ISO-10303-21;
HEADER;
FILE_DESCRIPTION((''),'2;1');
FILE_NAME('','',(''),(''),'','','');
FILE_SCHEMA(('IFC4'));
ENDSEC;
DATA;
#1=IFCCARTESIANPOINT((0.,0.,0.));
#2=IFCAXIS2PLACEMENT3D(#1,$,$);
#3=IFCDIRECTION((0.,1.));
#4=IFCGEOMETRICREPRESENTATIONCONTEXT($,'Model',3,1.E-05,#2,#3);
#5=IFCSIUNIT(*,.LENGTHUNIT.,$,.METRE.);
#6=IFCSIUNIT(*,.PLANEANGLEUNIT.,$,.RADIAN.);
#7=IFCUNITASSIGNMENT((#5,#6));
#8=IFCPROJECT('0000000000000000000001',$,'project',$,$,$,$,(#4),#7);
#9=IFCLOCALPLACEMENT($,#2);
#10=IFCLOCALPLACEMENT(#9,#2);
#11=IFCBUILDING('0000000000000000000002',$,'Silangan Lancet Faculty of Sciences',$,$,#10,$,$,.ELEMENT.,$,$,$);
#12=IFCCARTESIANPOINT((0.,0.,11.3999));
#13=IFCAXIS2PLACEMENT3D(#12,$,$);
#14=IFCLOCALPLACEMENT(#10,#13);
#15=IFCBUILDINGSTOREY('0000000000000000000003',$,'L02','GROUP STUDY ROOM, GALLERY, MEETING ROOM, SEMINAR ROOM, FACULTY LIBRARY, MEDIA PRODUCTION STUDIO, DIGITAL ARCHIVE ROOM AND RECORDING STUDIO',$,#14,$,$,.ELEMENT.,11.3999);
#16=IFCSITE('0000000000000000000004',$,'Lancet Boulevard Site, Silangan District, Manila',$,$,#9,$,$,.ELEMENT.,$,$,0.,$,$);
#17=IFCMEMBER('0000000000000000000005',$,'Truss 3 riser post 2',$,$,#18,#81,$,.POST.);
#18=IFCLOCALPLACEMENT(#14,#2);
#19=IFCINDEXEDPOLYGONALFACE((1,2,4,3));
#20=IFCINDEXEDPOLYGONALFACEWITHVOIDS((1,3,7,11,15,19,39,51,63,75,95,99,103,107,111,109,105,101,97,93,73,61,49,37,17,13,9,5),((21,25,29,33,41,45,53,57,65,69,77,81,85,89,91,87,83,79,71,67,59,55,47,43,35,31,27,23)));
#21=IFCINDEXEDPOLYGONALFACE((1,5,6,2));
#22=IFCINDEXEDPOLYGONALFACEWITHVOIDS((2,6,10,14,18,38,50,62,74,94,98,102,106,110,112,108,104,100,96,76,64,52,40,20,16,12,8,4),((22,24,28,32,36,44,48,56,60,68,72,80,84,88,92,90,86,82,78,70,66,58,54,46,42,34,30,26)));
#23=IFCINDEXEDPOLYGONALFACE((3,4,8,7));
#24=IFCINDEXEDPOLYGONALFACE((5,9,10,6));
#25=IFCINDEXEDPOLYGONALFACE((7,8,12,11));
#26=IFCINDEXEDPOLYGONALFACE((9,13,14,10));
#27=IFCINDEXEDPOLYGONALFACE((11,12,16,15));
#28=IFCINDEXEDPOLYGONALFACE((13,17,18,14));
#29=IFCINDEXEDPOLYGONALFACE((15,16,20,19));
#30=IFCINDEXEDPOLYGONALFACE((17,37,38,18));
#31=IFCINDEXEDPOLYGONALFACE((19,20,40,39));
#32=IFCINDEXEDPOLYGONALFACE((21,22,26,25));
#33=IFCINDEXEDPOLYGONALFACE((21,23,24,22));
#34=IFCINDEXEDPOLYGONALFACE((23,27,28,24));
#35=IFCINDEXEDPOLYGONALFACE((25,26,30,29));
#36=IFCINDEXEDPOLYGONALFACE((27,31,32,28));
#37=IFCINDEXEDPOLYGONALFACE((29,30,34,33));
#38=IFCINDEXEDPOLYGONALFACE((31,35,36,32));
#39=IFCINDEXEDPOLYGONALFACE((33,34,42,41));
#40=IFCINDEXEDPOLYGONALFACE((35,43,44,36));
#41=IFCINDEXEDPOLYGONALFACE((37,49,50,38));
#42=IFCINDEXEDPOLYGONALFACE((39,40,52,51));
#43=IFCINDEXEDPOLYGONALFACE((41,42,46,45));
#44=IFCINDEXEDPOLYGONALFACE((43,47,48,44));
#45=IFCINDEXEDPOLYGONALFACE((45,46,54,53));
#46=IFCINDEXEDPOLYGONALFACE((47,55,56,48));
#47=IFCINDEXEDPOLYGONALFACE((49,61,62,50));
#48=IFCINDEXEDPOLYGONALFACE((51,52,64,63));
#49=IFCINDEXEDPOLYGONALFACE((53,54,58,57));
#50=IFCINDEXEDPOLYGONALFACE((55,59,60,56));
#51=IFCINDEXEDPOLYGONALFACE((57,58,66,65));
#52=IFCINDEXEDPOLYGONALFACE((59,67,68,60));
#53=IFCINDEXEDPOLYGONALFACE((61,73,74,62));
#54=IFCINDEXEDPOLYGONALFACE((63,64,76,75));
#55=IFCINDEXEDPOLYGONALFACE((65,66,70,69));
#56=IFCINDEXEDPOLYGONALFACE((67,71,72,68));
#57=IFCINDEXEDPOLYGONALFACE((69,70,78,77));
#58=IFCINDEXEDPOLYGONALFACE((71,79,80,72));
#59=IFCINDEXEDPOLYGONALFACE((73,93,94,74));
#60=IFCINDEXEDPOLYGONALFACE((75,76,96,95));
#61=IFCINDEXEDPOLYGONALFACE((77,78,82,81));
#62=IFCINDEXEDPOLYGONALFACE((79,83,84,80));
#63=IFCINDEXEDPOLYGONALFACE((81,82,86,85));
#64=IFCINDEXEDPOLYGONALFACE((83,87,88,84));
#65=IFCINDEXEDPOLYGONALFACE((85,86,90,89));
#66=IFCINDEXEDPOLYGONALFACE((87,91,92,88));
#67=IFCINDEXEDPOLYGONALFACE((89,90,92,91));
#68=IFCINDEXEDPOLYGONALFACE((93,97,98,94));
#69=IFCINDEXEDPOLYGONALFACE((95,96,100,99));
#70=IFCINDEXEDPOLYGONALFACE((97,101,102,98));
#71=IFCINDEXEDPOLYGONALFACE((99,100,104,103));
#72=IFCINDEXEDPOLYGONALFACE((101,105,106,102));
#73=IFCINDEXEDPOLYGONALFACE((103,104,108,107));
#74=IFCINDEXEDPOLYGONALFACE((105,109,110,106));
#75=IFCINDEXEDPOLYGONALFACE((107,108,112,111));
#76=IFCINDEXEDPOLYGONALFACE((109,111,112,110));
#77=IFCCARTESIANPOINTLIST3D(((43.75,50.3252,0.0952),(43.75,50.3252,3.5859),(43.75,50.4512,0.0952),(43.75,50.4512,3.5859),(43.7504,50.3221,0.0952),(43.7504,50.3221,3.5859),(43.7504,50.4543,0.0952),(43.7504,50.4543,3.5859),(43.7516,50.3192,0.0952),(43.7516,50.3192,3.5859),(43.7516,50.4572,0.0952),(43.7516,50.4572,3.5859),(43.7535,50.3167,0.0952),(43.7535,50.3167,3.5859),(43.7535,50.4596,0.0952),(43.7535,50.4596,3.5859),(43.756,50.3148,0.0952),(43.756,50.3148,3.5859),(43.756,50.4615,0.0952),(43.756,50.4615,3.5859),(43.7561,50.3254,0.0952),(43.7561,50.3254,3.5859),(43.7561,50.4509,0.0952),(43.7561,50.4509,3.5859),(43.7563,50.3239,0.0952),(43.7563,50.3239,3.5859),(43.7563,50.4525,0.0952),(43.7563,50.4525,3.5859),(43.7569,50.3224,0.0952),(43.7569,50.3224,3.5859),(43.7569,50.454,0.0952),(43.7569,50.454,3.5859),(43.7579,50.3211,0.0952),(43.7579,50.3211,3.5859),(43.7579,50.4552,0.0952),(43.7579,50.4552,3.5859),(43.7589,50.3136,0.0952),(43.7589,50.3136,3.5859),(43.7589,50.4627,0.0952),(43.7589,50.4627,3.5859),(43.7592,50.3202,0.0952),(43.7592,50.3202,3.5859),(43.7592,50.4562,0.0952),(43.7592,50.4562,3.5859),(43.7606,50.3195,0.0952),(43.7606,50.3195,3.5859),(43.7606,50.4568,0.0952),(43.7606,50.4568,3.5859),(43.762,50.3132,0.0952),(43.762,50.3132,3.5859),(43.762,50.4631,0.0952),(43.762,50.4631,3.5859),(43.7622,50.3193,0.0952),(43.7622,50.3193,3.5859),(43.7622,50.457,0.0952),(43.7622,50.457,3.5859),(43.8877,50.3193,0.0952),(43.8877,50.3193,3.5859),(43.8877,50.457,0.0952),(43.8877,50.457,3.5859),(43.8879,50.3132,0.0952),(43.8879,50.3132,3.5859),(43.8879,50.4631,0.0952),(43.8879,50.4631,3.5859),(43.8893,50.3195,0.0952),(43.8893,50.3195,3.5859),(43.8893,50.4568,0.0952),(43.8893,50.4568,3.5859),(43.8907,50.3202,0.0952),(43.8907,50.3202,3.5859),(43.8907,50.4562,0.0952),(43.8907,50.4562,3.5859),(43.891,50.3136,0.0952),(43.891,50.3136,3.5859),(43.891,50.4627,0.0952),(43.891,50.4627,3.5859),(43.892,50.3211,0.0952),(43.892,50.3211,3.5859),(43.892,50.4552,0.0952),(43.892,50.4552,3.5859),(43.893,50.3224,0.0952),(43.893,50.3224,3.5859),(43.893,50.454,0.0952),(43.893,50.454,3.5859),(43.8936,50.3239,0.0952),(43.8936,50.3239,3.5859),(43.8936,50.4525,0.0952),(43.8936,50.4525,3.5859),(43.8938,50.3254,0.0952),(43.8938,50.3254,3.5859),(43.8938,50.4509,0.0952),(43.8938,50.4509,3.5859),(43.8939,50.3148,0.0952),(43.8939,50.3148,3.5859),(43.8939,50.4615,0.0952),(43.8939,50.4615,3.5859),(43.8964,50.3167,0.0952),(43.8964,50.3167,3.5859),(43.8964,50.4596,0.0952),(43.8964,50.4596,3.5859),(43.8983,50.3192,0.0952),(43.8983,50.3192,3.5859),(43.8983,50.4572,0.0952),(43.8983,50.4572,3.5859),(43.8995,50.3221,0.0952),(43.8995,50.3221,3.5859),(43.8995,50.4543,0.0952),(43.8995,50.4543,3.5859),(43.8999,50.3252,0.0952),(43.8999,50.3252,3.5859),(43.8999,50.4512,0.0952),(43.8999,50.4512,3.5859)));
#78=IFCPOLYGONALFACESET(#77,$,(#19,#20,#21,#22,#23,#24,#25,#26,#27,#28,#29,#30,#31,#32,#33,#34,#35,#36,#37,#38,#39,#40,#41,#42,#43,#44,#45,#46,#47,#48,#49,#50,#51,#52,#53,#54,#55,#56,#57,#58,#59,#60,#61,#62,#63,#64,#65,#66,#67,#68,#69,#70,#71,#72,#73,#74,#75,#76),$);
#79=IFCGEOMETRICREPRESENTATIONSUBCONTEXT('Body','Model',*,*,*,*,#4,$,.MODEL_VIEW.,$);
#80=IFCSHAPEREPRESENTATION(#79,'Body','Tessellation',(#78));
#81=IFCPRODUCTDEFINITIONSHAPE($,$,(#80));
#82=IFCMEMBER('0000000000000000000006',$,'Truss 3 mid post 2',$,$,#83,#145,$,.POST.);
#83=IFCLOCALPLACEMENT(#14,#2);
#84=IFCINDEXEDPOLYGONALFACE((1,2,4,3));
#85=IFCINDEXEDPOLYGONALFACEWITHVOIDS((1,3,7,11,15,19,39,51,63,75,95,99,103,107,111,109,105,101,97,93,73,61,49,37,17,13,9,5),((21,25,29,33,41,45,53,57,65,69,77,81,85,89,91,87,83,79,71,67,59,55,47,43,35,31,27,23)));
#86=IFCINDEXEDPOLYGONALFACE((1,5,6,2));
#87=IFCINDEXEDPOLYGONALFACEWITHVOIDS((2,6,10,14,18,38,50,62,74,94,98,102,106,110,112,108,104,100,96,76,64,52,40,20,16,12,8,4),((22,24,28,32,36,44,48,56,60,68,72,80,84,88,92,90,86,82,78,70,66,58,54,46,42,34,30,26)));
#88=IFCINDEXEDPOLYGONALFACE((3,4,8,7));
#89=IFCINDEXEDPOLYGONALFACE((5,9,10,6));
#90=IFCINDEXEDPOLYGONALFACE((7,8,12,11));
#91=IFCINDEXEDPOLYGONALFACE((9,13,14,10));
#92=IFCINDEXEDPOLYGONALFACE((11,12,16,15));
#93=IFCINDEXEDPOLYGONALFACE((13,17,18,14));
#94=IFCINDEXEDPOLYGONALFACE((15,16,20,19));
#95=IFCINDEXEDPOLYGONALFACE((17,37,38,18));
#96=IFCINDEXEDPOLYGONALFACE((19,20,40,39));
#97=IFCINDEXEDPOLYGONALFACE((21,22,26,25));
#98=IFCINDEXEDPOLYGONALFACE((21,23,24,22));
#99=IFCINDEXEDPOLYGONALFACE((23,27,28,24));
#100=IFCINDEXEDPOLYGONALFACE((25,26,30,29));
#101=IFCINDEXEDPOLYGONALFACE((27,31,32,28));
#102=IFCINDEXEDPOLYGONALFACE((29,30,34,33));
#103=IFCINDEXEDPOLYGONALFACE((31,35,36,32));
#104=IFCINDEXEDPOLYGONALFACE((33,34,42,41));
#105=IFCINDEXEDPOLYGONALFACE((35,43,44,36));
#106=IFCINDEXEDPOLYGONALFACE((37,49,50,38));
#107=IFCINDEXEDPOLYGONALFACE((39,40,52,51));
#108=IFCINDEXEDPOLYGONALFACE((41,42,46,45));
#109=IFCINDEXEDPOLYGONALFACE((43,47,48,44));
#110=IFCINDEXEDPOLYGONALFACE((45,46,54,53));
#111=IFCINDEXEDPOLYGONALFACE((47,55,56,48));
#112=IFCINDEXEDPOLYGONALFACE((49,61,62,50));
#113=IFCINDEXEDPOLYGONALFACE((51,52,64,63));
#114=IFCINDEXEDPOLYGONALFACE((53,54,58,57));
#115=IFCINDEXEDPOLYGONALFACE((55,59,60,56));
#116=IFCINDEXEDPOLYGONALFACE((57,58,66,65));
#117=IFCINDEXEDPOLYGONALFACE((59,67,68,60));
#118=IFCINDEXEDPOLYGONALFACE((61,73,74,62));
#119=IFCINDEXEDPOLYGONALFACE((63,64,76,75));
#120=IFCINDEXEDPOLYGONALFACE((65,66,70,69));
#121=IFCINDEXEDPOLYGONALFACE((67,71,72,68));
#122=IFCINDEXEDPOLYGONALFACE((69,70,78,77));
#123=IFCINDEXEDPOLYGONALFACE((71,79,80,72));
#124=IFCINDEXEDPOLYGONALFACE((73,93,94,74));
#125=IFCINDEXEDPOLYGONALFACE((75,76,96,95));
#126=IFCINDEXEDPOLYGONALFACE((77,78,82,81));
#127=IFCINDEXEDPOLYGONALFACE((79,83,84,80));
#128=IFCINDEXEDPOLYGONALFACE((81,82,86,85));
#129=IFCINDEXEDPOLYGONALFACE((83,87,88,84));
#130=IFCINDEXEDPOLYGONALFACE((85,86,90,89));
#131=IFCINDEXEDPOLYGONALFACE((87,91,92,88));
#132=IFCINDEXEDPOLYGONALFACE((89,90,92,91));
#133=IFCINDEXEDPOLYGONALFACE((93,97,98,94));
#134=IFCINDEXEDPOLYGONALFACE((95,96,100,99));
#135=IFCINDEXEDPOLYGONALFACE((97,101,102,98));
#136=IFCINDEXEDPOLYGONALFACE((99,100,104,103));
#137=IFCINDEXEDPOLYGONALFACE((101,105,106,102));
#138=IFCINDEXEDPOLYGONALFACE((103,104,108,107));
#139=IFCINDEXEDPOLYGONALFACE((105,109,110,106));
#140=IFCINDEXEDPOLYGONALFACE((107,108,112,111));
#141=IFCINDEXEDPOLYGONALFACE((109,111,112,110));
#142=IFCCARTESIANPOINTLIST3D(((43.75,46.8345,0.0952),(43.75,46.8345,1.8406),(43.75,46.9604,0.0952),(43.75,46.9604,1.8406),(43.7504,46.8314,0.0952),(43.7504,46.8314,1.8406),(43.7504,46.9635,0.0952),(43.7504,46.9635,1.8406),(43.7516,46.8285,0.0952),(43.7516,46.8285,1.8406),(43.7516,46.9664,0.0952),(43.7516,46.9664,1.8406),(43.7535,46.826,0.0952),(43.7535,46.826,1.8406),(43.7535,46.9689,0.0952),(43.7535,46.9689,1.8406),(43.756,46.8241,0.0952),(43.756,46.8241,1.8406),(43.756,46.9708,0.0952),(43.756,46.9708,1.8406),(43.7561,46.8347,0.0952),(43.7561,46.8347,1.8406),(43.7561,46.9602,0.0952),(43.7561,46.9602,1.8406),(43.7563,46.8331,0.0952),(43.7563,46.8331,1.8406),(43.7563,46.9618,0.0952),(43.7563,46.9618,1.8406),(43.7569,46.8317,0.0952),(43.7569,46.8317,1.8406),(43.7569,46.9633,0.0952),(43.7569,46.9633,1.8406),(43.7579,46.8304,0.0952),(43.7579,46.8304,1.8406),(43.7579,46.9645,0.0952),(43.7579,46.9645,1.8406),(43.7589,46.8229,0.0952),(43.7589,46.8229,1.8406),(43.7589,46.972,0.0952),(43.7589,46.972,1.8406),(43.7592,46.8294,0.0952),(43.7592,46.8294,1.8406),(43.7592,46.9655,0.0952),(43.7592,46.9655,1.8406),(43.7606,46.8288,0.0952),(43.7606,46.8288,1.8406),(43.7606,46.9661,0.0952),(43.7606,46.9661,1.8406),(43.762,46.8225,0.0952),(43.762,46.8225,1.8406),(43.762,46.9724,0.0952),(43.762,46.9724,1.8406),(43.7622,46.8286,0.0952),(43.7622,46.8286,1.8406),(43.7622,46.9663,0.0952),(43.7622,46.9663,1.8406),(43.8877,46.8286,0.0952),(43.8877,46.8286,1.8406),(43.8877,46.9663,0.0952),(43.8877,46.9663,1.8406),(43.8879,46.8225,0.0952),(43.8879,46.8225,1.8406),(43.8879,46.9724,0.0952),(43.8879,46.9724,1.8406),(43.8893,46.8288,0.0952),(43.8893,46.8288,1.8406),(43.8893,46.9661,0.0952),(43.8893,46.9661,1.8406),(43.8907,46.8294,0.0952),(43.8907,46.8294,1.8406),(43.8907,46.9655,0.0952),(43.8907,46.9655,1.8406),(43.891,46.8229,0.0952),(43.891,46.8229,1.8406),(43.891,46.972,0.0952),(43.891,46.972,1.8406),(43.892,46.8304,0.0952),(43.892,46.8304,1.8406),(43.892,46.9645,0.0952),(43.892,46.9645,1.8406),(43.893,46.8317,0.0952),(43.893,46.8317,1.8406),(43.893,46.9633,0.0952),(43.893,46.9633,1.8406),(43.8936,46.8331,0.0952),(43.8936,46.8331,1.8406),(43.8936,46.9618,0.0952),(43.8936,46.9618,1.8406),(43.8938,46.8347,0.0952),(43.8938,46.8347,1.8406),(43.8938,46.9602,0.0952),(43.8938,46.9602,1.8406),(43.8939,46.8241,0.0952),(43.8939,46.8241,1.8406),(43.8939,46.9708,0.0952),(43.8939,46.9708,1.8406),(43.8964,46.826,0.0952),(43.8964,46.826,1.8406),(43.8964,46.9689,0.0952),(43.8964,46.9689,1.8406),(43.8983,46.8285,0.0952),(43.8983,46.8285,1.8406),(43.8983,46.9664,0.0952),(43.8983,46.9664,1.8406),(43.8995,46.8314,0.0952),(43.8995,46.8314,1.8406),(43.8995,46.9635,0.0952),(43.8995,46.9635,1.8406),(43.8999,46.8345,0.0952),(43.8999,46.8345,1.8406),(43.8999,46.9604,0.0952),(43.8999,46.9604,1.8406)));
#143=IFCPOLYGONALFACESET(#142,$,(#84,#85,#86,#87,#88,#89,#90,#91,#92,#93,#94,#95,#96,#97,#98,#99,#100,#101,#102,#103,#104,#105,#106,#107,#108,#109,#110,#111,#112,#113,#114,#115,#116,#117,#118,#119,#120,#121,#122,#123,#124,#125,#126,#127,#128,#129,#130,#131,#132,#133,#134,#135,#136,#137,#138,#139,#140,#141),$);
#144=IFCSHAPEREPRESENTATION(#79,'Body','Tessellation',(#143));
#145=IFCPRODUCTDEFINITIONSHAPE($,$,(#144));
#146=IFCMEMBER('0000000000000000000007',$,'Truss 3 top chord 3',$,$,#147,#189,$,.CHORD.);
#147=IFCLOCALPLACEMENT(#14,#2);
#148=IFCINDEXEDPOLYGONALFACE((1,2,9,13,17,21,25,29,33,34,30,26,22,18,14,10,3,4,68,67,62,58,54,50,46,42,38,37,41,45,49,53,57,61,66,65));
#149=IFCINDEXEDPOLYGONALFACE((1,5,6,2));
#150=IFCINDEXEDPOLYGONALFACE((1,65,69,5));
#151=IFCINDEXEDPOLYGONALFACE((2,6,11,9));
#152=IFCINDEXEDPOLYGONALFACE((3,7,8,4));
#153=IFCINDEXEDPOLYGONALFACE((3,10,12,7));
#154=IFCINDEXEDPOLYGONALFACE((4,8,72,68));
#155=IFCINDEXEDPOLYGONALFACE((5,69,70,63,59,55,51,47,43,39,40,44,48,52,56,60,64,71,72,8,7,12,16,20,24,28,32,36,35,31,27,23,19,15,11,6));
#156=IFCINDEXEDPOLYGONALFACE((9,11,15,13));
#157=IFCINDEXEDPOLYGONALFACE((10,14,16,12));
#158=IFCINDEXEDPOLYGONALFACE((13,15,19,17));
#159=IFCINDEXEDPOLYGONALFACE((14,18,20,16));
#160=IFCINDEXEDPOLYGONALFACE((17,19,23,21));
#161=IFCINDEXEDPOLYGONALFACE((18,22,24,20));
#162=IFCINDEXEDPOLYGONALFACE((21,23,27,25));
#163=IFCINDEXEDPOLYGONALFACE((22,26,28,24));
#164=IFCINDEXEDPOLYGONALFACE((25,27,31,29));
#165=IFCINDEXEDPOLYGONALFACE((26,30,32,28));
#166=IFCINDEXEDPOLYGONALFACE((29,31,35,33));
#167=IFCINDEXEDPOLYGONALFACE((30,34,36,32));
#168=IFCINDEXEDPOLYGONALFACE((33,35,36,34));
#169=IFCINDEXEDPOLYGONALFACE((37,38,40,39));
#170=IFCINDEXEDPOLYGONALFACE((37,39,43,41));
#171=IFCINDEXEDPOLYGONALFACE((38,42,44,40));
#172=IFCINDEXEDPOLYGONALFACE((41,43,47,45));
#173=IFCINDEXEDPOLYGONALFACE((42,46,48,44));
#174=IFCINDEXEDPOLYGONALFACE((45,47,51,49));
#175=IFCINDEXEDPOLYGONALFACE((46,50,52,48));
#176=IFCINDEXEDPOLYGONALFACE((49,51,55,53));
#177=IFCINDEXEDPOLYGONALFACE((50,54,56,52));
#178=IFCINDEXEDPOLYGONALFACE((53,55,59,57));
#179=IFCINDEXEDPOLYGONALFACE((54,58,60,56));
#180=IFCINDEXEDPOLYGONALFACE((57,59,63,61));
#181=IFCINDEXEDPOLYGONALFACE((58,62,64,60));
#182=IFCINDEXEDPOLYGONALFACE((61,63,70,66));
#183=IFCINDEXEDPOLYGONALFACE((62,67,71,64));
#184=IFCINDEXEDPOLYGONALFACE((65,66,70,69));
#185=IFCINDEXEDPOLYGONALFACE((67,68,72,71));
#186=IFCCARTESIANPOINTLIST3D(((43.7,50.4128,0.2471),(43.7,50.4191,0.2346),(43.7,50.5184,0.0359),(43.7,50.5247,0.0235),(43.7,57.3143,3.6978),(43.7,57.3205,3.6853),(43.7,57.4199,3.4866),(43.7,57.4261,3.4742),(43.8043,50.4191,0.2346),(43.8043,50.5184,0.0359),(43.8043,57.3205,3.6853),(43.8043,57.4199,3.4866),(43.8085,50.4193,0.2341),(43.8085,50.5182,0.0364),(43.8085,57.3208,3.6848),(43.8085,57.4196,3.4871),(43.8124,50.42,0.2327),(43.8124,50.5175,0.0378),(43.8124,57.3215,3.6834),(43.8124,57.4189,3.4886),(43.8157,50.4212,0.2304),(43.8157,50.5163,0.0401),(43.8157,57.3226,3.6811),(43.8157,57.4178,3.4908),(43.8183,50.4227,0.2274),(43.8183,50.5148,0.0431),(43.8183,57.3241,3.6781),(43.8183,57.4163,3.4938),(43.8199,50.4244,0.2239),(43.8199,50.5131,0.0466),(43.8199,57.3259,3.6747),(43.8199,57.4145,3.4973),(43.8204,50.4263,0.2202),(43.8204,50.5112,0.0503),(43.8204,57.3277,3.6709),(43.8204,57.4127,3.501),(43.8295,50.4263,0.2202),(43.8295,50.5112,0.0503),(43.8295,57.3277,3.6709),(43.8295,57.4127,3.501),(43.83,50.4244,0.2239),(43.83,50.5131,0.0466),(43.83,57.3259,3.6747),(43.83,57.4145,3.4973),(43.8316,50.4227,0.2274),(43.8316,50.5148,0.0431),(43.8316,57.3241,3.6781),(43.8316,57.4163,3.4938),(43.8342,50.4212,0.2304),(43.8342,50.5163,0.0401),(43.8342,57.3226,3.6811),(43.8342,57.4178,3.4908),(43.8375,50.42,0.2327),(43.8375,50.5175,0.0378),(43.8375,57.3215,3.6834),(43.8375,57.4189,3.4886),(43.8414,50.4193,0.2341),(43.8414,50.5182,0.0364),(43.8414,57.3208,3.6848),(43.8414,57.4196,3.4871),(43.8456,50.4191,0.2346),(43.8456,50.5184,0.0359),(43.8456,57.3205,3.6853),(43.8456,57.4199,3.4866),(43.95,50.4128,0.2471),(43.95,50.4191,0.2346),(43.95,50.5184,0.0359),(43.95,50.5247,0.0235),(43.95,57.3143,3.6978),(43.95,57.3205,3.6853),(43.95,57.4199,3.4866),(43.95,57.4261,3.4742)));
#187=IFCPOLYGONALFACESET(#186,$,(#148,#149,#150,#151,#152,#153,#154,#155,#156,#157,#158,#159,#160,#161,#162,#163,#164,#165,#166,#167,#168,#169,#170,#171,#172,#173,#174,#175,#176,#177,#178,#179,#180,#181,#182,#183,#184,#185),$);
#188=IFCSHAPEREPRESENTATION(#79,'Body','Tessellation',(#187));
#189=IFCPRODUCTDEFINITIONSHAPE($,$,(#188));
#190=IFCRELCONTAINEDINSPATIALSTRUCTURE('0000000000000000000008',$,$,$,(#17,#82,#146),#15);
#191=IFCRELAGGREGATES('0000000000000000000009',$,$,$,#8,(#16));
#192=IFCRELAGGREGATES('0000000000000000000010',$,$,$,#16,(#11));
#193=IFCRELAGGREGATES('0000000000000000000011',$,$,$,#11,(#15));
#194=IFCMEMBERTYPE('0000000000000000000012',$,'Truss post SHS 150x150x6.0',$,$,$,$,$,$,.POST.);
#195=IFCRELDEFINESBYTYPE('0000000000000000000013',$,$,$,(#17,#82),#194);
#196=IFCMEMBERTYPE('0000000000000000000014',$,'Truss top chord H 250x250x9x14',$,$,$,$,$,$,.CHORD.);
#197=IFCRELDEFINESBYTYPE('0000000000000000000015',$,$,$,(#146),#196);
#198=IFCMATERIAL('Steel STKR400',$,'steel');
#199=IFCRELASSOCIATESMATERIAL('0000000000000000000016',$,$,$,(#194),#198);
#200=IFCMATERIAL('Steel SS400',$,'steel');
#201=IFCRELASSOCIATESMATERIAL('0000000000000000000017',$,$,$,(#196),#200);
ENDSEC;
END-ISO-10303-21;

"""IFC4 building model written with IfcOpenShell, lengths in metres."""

from ifc_helpers import new_model, si_unit, direction, frame, origin, origin_2d, place, context, subcontext, project, spatial, hollow_rectangle, i_section, extrude, material, material_profile, profile_set, type_object, element, save


model = new_model("IFC4")

# Units and contexts
model_context = context("Model", 3, precision=1e-05, world=origin(), true_north=direction((0.0, 1.0)))
body_context = subcontext(model_context, "Body", "Model", "MODEL_VIEW")
ifc_project = project(units=[si_unit("LENGTHUNIT", "METRE"), si_unit("PLANEANGLEUNIT", "RADIAN")], contexts=[model_context])

# Site, building, storey
site_placement = place(None, origin())
site = spatial("IfcSite", under=ifc_project, at=site_placement, Name="Lancet Boulevard Site, Silangan District, Manila", CompositionType="ELEMENT", RefElevation=0.0)
building_placement = place(site_placement, origin())
building = spatial("IfcBuilding", under=site, at=building_placement, Name="Silangan Lancet Faculty of Sciences", CompositionType="ELEMENT")
storey_placement = place(building_placement, frame((0.0, 0.0, 11.3999)))
storey = spatial("IfcBuildingStorey", under=building, at=storey_placement, Name="L02", Description="GROUP STUDY ROOM, GALLERY, MEETING ROOM, SEMINAR ROOM, FACULTY LIBRARY, MEDIA PRODUCTION STUDIO, DIGITAL ARCHIVE ROOM AND RECORDING STUDIO", CompositionType="ELEMENT", Elevation=11.3999)

# Members
ifc_material_1 = material(Name="Steel STKR400", Category="steel")
ifc_material_profile_1 = material_profile(ifc_material_1, hollow_rectangle(XDim=0.1499, YDim=0.1499, WallThickness=0.0061, InnerFilletRadius=0.0061, OuterFilletRadius=0.012, at=origin_2d()), Name="SHS 150x150x6.0")
ifc_profile_set_1 = profile_set([ifc_material_profile_1], Name="Steel STKR400")
member_type_1 = type_object("IfcMemberType", Name="Truss post SHS 150x150x6.0", PredefinedType="POST", material=ifc_profile_set_1)
member_1_placement = place(storey_placement, frame((43.825, 50.3882, 0.0952), z_axis=(0.0, 0.0, 1.0), x_axis=(1.0, 0.0, 0.0)))
element("IfcMember", 1, at=member_1_placement, inside=storey, type_object=member_type_1, Name="Truss 3 riser post 2", PredefinedType="POST", context=body_context, shape_type="SweptSolid", body=[
    extrude(hollow_rectangle(XDim=0.1499, YDim=0.1499, WallThickness=0.0061, InnerFilletRadius=0.0061, OuterFilletRadius=0.012, at=origin_2d()), origin(), (0.0, 0.0, 1.0), 3.4907),
])
member_2_placement = place(storey_placement, frame((43.825, 46.8975, 0.0952), z_axis=(0.0, 0.0, 1.0), x_axis=(1.0, 0.0, 0.0)))
element("IfcMember", 2, at=member_2_placement, inside=storey, type_object=member_type_1, Name="Truss 3 mid post 2", PredefinedType="POST", context=body_context, shape_type="SweptSolid", body=[
    extrude(hollow_rectangle(XDim=0.1499, YDim=0.1499, WallThickness=0.0061, InnerFilletRadius=0.0061, OuterFilletRadius=0.012, at=origin_2d()), origin(), (0.0, 0.0, 1.0), 1.7454),
])
ifc_material_2 = material(Name="Steel SS400", Category="steel")
ifc_material_profile_2 = material_profile(ifc_material_2, i_section(OverallWidth=0.25, OverallDepth=0.25, WebThickness=0.009, FlangeThickness=0.0139, FilletRadius=0.0161, at=origin_2d()), Name="H 250x250x9x14")
ifc_profile_set_2 = profile_set([ifc_material_profile_2], Name="Steel SS400")
member_type_2 = type_object("IfcMemberType", Name="Truss top chord H 250x250x9x14", PredefinedType="CHORD", material=ifc_profile_set_2)
member_3_placement = place(storey_placement, frame((43.825, 50.4688, 0.1353), z_axis=(0.0, 0.894427, 0.447214), x_axis=(-1.0, 0.0, 0.0)))
element("IfcMember", 3, at=member_3_placement, inside=storey, type_object=member_type_2, Name="Truss 3 top chord 3", PredefinedType="CHORD", context=body_context, shape_type="SweptSolid", body=[
    extrude(i_section(OverallWidth=0.25, OverallDepth=0.25, WebThickness=0.009, FlangeThickness=0.0139, FilletRadius=0.0161, at=origin_2d()), origin(), (0.0, 0.0, 1.0), 7.7161),
])

save(model, "model.ifc")
